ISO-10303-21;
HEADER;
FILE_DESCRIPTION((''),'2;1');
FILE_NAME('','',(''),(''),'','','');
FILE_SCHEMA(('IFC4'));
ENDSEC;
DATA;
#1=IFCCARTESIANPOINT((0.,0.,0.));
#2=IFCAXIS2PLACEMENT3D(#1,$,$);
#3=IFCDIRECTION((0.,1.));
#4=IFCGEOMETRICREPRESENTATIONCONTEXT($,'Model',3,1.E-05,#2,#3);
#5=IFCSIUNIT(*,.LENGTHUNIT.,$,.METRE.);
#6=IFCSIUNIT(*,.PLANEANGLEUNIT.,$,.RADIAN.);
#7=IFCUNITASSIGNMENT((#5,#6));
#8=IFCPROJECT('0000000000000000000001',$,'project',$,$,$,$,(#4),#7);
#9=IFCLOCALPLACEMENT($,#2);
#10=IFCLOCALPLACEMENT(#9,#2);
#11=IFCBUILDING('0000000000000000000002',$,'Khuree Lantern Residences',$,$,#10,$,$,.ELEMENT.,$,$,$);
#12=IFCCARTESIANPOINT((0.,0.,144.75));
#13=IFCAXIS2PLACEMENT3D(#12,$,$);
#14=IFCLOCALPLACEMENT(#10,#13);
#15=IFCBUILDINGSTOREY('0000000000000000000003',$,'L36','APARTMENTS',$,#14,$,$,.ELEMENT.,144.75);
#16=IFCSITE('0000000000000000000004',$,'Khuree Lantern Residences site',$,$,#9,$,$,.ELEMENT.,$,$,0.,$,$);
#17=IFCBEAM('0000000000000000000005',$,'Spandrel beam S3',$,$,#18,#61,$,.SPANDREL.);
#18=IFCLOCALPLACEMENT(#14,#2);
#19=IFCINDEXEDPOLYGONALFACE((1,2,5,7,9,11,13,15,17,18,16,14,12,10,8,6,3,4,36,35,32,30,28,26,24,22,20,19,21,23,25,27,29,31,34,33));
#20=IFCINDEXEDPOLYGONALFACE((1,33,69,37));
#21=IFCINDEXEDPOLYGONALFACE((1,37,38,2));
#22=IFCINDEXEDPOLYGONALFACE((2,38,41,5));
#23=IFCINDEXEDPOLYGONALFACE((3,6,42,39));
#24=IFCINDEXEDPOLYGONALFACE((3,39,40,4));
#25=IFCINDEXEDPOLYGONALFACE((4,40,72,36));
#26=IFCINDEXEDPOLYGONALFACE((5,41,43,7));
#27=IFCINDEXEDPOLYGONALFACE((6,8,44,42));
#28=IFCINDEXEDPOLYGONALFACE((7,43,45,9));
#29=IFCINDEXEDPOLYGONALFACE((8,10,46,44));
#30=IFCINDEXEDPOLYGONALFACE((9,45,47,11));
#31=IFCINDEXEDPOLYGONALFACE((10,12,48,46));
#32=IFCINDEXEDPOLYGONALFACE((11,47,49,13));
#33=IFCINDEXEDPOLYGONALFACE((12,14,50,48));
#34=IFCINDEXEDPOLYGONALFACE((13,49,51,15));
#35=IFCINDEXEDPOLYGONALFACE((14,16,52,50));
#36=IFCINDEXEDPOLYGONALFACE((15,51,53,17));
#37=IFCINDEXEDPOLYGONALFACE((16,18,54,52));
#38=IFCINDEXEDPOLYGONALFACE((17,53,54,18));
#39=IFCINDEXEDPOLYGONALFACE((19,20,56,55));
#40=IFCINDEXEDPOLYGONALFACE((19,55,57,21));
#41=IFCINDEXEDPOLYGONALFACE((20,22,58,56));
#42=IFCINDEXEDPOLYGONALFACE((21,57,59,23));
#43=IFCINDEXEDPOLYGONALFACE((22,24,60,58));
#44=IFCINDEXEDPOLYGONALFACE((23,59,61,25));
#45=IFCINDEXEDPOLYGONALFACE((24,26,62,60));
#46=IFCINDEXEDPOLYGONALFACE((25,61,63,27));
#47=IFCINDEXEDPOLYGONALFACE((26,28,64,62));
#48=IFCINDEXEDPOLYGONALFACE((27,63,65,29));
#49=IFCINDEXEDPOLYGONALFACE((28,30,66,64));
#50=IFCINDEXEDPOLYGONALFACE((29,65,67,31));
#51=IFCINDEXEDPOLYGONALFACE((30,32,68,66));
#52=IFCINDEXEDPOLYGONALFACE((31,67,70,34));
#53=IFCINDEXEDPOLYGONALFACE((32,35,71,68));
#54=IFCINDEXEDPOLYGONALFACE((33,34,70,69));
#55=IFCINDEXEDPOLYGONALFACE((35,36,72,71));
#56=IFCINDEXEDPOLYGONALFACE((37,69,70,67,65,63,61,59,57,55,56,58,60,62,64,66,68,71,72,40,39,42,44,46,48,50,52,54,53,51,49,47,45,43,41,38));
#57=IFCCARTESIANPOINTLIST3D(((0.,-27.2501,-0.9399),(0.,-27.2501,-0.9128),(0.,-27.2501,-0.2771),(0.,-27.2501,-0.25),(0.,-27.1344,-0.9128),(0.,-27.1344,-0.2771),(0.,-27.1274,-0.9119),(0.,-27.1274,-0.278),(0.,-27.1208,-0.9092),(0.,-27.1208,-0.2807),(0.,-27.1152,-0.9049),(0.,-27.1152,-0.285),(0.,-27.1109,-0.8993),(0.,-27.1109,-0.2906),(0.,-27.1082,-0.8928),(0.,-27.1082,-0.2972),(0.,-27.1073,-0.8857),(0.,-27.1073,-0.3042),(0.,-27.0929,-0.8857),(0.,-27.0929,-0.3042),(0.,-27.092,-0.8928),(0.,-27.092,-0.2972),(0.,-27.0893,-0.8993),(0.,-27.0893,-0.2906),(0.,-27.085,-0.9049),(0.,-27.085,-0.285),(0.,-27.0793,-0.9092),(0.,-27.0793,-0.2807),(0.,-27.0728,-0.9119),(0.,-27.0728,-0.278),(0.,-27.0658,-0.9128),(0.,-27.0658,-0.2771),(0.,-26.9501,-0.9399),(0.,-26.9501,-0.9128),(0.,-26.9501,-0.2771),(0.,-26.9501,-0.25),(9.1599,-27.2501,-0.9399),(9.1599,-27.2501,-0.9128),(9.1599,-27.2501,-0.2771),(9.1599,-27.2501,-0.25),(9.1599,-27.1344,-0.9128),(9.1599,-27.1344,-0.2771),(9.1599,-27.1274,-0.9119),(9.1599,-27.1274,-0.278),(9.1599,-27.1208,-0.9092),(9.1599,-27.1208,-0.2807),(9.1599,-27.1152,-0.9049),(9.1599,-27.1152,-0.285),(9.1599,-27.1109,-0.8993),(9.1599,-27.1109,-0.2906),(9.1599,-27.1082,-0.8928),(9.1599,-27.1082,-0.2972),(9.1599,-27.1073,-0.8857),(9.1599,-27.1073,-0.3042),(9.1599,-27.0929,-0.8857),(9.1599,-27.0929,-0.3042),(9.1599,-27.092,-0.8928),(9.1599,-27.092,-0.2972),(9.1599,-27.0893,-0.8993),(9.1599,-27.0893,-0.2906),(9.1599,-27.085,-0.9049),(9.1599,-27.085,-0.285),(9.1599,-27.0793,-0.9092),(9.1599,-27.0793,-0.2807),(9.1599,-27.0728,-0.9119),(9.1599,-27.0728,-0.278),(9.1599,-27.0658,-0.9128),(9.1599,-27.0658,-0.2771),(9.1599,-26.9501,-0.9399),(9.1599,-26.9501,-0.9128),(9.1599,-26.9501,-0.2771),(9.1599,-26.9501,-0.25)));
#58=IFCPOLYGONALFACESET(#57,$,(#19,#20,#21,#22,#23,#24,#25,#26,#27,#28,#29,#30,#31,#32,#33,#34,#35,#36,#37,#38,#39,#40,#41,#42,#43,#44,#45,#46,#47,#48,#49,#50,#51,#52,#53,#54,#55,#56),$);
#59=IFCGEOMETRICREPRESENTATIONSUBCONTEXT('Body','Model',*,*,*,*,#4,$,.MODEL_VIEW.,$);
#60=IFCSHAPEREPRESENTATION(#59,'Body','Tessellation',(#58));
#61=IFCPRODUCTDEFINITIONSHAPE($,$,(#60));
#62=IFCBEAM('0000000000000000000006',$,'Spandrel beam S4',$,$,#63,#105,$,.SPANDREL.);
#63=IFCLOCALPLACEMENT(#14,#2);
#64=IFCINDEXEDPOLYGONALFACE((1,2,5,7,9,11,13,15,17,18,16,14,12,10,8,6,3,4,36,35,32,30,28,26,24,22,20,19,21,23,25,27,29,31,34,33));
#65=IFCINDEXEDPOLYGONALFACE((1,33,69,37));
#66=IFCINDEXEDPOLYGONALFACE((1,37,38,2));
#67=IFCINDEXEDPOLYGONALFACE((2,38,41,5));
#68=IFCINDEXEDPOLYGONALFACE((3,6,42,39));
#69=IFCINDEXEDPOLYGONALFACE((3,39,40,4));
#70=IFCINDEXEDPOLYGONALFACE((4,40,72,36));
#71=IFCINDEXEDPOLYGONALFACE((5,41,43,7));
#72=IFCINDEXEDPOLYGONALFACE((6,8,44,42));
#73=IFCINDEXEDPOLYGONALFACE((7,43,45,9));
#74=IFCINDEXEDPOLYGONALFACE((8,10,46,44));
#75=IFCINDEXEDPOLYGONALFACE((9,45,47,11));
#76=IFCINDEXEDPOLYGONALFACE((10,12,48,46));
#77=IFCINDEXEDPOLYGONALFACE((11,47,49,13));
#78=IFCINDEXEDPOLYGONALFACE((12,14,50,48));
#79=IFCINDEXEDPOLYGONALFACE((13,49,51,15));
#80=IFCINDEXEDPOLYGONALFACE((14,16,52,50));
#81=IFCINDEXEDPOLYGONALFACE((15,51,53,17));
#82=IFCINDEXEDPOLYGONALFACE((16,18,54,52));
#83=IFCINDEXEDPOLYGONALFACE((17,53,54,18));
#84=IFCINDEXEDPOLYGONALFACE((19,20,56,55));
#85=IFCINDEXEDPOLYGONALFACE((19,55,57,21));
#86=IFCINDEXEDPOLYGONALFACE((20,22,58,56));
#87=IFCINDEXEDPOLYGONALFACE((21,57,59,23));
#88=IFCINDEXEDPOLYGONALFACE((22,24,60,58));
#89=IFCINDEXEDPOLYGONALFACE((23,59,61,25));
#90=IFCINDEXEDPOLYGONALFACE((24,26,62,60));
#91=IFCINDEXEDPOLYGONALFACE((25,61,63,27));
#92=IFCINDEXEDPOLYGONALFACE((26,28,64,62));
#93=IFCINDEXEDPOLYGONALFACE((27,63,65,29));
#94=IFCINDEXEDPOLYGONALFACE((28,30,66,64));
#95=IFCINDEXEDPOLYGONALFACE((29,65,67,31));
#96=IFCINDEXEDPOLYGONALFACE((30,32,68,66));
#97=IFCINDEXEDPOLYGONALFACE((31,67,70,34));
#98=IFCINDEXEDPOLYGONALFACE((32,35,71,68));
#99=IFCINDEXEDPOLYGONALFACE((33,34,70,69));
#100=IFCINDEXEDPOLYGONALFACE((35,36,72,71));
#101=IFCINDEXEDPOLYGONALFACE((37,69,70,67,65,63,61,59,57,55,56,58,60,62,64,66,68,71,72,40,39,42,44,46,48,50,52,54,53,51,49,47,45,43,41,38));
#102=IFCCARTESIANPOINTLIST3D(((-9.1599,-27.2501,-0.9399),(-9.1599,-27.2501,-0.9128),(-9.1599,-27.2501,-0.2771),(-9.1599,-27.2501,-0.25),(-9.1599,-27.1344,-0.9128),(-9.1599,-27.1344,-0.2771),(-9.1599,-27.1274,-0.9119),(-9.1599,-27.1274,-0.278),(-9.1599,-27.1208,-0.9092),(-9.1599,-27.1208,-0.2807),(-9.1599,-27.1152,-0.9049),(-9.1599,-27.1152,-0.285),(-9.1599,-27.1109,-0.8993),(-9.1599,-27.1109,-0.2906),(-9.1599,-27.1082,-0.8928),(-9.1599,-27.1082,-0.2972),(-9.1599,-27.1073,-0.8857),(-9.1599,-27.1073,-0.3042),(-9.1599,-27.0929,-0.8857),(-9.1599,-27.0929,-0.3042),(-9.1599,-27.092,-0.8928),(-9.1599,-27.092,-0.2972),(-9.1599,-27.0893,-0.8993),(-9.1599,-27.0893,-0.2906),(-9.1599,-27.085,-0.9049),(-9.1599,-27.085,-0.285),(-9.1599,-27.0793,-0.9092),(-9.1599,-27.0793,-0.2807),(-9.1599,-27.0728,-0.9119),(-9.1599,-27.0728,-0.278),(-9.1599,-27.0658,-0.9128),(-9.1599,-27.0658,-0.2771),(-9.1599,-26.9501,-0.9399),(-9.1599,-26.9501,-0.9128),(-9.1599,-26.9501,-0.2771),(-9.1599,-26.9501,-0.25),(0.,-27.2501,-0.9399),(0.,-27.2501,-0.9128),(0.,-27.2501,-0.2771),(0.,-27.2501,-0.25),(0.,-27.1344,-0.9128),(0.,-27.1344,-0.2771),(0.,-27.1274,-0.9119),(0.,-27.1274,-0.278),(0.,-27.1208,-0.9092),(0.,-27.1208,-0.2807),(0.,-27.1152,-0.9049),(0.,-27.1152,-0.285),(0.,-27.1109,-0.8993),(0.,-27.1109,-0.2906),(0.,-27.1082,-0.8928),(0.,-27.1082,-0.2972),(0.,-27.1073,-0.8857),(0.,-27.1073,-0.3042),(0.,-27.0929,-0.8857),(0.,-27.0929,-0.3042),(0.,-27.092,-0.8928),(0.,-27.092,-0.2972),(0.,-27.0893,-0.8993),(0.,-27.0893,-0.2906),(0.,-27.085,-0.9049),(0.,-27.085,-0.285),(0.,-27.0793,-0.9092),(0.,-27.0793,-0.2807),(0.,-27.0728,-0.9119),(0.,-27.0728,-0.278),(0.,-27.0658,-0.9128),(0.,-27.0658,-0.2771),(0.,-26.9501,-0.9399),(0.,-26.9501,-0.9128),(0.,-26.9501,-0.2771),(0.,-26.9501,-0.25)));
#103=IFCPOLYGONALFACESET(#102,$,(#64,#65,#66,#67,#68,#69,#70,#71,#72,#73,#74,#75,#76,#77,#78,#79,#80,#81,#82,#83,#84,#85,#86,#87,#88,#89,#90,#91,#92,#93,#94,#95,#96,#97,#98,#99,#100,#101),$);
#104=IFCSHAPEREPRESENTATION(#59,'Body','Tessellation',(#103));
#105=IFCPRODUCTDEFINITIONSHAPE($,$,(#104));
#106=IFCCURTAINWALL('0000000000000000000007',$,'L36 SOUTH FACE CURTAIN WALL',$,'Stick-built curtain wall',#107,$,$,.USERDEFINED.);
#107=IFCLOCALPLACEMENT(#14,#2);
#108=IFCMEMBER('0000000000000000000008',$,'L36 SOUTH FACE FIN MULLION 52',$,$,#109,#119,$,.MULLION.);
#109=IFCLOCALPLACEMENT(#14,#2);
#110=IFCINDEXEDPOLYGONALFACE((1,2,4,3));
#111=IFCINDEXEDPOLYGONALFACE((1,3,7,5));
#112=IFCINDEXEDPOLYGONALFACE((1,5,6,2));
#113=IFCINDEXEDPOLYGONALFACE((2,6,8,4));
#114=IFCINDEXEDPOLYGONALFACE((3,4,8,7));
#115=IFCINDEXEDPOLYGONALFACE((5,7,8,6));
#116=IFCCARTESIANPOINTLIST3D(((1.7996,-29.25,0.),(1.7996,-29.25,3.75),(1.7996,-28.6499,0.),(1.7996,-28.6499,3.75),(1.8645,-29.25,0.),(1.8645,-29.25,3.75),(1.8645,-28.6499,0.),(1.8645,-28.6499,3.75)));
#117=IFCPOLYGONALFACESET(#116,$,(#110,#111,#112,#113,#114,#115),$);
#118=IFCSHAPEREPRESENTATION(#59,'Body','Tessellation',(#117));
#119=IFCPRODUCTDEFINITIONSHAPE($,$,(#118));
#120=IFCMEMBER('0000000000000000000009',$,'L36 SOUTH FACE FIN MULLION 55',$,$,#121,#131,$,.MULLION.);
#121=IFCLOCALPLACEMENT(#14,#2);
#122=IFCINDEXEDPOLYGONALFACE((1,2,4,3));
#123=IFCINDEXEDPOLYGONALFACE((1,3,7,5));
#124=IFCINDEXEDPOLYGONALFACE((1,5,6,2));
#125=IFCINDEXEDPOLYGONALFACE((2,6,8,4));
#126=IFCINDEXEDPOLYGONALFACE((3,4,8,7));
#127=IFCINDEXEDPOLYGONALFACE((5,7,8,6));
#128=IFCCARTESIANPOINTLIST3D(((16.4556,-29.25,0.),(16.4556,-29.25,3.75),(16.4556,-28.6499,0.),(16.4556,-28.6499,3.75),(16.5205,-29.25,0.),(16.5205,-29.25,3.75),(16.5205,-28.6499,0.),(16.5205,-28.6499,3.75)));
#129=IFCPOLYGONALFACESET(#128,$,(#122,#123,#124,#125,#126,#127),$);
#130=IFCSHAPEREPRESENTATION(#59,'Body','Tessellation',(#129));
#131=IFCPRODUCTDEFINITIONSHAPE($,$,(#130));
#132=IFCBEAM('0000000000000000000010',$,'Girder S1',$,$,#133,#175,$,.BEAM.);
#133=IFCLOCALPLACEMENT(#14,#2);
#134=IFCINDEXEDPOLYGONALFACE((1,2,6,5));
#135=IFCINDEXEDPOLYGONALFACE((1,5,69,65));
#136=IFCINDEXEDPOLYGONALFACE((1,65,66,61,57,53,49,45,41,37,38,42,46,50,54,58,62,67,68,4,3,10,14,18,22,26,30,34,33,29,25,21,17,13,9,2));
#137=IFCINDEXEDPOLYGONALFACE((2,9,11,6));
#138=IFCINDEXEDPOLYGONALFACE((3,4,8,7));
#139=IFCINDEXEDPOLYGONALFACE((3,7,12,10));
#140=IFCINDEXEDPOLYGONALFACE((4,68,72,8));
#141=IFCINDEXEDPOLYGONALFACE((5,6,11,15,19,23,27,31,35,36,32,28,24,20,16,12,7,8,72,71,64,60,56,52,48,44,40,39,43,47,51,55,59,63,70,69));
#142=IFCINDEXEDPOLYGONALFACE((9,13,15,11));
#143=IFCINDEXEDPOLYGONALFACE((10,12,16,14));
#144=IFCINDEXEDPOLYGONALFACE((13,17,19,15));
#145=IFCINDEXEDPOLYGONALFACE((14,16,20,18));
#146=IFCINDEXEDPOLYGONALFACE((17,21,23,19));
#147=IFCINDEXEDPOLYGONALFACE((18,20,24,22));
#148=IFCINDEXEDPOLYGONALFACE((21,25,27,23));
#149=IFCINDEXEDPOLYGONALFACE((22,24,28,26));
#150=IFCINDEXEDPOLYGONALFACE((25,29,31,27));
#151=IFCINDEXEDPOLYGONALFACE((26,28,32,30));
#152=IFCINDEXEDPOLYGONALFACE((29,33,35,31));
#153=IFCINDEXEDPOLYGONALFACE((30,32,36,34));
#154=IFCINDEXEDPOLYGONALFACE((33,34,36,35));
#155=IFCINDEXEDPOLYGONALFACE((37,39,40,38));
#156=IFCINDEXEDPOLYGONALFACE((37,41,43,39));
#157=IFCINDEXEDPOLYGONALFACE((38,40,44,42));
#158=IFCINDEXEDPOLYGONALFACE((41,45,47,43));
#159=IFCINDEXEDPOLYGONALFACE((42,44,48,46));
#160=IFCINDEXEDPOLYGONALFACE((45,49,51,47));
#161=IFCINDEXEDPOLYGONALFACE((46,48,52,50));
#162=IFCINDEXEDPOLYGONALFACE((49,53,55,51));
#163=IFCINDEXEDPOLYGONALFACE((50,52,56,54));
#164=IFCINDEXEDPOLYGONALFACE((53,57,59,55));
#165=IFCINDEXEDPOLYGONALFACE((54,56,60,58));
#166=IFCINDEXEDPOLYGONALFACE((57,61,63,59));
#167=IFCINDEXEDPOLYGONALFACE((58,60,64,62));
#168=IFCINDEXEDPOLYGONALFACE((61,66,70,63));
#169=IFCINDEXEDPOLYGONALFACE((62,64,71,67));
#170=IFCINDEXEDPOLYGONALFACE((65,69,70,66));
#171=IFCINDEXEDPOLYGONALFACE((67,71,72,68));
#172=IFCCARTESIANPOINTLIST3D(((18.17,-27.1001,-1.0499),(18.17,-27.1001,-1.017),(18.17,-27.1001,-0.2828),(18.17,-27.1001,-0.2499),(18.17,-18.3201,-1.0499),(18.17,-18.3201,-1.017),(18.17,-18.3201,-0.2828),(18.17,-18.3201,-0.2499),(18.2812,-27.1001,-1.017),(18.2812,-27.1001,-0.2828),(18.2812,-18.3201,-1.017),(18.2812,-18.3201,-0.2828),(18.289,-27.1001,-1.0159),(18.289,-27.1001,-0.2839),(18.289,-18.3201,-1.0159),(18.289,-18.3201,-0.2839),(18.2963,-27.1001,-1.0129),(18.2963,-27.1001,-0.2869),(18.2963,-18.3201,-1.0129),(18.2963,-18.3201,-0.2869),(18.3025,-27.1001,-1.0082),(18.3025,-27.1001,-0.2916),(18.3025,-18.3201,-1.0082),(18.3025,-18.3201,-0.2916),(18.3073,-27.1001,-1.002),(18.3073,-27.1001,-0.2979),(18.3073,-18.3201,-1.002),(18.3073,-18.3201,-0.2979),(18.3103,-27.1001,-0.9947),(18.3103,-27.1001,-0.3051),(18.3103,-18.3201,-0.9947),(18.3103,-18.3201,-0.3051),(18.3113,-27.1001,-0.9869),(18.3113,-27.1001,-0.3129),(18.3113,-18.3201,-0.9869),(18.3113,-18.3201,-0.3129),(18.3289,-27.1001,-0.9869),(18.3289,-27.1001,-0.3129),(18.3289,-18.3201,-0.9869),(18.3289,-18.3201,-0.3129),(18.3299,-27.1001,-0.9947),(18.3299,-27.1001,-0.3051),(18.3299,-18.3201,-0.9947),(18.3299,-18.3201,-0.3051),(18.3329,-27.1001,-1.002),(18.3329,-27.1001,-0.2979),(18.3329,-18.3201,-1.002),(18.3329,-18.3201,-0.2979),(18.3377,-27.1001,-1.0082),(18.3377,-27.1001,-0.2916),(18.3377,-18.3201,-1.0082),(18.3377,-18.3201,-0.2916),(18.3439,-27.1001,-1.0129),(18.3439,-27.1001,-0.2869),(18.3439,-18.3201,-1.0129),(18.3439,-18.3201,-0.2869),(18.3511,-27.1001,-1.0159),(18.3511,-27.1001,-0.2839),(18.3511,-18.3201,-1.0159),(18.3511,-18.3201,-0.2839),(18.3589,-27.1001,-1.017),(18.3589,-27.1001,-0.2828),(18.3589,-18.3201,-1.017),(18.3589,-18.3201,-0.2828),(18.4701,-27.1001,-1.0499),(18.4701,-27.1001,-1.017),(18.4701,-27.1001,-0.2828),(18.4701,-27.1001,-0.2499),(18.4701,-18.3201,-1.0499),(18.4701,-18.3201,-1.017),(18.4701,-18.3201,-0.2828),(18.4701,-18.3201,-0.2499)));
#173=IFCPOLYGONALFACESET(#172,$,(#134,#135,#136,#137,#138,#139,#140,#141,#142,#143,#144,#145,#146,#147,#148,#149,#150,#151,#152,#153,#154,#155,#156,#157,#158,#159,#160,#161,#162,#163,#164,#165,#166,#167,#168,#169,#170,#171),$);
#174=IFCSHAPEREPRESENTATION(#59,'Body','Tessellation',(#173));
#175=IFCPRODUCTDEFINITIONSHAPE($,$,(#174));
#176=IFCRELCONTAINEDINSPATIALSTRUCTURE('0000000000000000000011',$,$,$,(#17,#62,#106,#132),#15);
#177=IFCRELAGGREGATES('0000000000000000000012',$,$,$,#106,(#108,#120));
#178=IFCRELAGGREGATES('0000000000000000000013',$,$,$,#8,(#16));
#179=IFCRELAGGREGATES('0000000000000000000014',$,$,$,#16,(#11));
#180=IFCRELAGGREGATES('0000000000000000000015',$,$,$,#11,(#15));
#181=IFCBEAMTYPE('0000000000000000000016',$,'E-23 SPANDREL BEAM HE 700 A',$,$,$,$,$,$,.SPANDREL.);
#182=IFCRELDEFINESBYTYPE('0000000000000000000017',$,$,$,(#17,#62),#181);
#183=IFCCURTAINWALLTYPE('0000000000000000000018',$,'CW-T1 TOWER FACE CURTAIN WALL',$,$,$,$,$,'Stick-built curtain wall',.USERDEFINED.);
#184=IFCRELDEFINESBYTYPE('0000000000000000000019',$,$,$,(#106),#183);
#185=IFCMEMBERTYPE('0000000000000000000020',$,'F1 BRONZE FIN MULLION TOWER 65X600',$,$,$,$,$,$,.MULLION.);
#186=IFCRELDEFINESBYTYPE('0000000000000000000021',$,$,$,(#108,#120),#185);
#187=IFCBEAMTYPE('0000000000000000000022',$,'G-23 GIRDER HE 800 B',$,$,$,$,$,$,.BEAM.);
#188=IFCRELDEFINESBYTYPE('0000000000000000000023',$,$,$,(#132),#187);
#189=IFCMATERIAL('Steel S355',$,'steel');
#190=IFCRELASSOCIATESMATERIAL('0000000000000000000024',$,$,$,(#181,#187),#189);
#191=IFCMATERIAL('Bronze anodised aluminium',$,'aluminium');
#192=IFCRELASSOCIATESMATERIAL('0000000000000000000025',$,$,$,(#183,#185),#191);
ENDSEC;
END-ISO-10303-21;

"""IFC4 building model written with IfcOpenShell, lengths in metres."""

from ifc_helpers import new_model, si_unit, direction, frame, origin, origin_2d, place, context, subcontext, project, spatial, rectangle, i_section, extrude, material, material_profile, profile_set, type_object, element, aggregate, save


model = new_model("IFC4")

# Units and contexts
model_context = context("Model", 3, precision=1e-05, world=origin(), true_north=direction((0.0, 1.0)))
body_context = subcontext(model_context, "Body", "Model", "MODEL_VIEW")
ifc_project = project(units=[si_unit("LENGTHUNIT", "METRE"), si_unit("PLANEANGLEUNIT", "RADIAN")], contexts=[model_context])

# Site, building, storey
site_placement = place(None, origin())
site = spatial("IfcSite", under=ifc_project, at=site_placement, Name="Khuree Lantern Residences site", CompositionType="ELEMENT", RefElevation=0.0)
building_placement = place(site_placement, origin())
building = spatial("IfcBuilding", under=site, at=building_placement, Name="Khuree Lantern Residences", CompositionType="ELEMENT")
storey_placement = place(building_placement, frame((0.0, 0.0, 144.75)))
storey = spatial("IfcBuildingStorey", under=building, at=storey_placement, Name="L36", Description="APARTMENTS", CompositionType="ELEMENT", Elevation=144.75)

# Beams
ifc_material_1 = material(Name="Steel S355", Category="steel")
ifc_material_profile_1 = material_profile(ifc_material_1, i_section(OverallWidth=0.3, OverallDepth=0.6899, WebThickness=0.0144, FlangeThickness=0.0271, FilletRadius=0.0271, at=origin_2d()), Name="HE 700 A")
ifc_profile_set_1 = profile_set([ifc_material_profile_1], Name="Steel S355")
beam_type_1 = type_object("IfcBeamType", Name="E-23 SPANDREL BEAM HE 700 A", PredefinedType="SPANDREL", material=ifc_profile_set_1)
for number, where, z_axis, x_axis, name in (
    (1, (9.1599, -27.1001, -0.595), (-1.0, 0.0, 0.0), (0.0, -1.0, 0.0), "Spandrel beam S3"),
    (2, (0.0, -27.1001, -0.595), (-1.0, 0.0, 0.0), (0.0, -1.0, 0.0), "Spandrel beam S4"),
):
    element("IfcBeam", number, at=place(storey_placement, frame(where, z_axis=z_axis, x_axis=x_axis)), inside=storey, type_object=beam_type_1, Name=name, PredefinedType="SPANDREL", context=body_context, shape_type="SweptSolid", body=[
        extrude(i_section(OverallWidth=0.3, OverallDepth=0.6899, WebThickness=0.0144, FlangeThickness=0.0271, FilletRadius=0.0271, at=origin_2d()), origin(), (0.0, 0.0, 1.0), 9.1599),
    ])

# Curtain wall, members
ifc_material_2 = material(Name="Bronze anodised aluminium", Category="aluminium")
curtain_wall_type = type_object("IfcCurtainWallType", Name="CW-T1 TOWER FACE CURTAIN WALL", ElementType="Stick-built curtain wall", PredefinedType="USERDEFINED", material=ifc_material_2)
curtain_wall_placement = place(storey_placement, origin())
curtain_wall = element("IfcCurtainWall", 3, at=curtain_wall_placement, inside=storey, type_object=curtain_wall_type, Name="L36 SOUTH FACE CURTAIN WALL", ObjectType="Stick-built curtain wall", PredefinedType="USERDEFINED")
ifc_material_profile_2 = material_profile(ifc_material_2, rectangle(XDim=0.0649, YDim=0.6001, at=origin_2d()), Name="F1 65X600")
ifc_profile_set_2 = profile_set([ifc_material_profile_2], Name="Bronze anodised aluminium")
member_type_1 = type_object("IfcMemberType", Name="F1 BRONZE FIN MULLION TOWER 65X600", PredefinedType="MULLION", material=ifc_profile_set_2)
member_1_placement = place(storey_placement, frame((1.832, -28.95, 0.0), z_axis=(0.0, 0.0, 1.0), x_axis=(1.0, 0.0, 0.0)))
member_1 = element("IfcMember", 4, at=member_1_placement, type_object=member_type_1, Name="L36 SOUTH FACE FIN MULLION 52", PredefinedType="MULLION", context=body_context, shape_type="SweptSolid", body=[
    extrude(rectangle(XDim=0.0649, YDim=0.6001, at=origin_2d()), origin(), (0.0, 0.0, 1.0), 3.75),
])
member_2_placement = place(storey_placement, frame((16.488, -28.95, 0.0), z_axis=(0.0, 0.0, 1.0), x_axis=(1.0, 0.0, 0.0)))
member_2 = element("IfcMember", 5, at=member_2_placement, type_object=member_type_1, Name="L36 SOUTH FACE FIN MULLION 55", PredefinedType="MULLION", context=body_context, shape_type="SweptSolid", body=[
    extrude(rectangle(XDim=0.0649, YDim=0.6001, at=origin_2d()), origin(), (0.0, 0.0, 1.0), 3.75),
])

# Beam
ifc_material_profile_3 = material_profile(ifc_material_1, i_section(OverallWidth=0.3, OverallDepth=0.8, WebThickness=0.0176, FlangeThickness=0.033, FilletRadius=0.03, at=origin_2d()), Name="HE 800 B")
ifc_profile_set_3 = profile_set([ifc_material_profile_3], Name="Steel S355")
beam_type_2 = type_object("IfcBeamType", Name="G-23 GIRDER HE 800 B", PredefinedType="BEAM", material=ifc_profile_set_3)
beam_1_placement = place(storey_placement, frame((18.3201, -27.1001, -0.6499), z_axis=(0.0, 1.0, 0.0), x_axis=(-1.0, 0.0, 0.0)))
element("IfcBeam", 6, at=beam_1_placement, inside=storey, type_object=beam_type_2, Name="Girder S1", PredefinedType="BEAM", context=body_context, shape_type="SweptSolid", body=[
    extrude(i_section(OverallWidth=0.3, OverallDepth=0.8, WebThickness=0.0176, FlangeThickness=0.033, FilletRadius=0.03, at=origin_2d()), origin(), (0.0, 0.0, 1.0), 8.78),
])

aggregate(curtain_wall, [member_1, member_2])

save(model, "model.ifc")
